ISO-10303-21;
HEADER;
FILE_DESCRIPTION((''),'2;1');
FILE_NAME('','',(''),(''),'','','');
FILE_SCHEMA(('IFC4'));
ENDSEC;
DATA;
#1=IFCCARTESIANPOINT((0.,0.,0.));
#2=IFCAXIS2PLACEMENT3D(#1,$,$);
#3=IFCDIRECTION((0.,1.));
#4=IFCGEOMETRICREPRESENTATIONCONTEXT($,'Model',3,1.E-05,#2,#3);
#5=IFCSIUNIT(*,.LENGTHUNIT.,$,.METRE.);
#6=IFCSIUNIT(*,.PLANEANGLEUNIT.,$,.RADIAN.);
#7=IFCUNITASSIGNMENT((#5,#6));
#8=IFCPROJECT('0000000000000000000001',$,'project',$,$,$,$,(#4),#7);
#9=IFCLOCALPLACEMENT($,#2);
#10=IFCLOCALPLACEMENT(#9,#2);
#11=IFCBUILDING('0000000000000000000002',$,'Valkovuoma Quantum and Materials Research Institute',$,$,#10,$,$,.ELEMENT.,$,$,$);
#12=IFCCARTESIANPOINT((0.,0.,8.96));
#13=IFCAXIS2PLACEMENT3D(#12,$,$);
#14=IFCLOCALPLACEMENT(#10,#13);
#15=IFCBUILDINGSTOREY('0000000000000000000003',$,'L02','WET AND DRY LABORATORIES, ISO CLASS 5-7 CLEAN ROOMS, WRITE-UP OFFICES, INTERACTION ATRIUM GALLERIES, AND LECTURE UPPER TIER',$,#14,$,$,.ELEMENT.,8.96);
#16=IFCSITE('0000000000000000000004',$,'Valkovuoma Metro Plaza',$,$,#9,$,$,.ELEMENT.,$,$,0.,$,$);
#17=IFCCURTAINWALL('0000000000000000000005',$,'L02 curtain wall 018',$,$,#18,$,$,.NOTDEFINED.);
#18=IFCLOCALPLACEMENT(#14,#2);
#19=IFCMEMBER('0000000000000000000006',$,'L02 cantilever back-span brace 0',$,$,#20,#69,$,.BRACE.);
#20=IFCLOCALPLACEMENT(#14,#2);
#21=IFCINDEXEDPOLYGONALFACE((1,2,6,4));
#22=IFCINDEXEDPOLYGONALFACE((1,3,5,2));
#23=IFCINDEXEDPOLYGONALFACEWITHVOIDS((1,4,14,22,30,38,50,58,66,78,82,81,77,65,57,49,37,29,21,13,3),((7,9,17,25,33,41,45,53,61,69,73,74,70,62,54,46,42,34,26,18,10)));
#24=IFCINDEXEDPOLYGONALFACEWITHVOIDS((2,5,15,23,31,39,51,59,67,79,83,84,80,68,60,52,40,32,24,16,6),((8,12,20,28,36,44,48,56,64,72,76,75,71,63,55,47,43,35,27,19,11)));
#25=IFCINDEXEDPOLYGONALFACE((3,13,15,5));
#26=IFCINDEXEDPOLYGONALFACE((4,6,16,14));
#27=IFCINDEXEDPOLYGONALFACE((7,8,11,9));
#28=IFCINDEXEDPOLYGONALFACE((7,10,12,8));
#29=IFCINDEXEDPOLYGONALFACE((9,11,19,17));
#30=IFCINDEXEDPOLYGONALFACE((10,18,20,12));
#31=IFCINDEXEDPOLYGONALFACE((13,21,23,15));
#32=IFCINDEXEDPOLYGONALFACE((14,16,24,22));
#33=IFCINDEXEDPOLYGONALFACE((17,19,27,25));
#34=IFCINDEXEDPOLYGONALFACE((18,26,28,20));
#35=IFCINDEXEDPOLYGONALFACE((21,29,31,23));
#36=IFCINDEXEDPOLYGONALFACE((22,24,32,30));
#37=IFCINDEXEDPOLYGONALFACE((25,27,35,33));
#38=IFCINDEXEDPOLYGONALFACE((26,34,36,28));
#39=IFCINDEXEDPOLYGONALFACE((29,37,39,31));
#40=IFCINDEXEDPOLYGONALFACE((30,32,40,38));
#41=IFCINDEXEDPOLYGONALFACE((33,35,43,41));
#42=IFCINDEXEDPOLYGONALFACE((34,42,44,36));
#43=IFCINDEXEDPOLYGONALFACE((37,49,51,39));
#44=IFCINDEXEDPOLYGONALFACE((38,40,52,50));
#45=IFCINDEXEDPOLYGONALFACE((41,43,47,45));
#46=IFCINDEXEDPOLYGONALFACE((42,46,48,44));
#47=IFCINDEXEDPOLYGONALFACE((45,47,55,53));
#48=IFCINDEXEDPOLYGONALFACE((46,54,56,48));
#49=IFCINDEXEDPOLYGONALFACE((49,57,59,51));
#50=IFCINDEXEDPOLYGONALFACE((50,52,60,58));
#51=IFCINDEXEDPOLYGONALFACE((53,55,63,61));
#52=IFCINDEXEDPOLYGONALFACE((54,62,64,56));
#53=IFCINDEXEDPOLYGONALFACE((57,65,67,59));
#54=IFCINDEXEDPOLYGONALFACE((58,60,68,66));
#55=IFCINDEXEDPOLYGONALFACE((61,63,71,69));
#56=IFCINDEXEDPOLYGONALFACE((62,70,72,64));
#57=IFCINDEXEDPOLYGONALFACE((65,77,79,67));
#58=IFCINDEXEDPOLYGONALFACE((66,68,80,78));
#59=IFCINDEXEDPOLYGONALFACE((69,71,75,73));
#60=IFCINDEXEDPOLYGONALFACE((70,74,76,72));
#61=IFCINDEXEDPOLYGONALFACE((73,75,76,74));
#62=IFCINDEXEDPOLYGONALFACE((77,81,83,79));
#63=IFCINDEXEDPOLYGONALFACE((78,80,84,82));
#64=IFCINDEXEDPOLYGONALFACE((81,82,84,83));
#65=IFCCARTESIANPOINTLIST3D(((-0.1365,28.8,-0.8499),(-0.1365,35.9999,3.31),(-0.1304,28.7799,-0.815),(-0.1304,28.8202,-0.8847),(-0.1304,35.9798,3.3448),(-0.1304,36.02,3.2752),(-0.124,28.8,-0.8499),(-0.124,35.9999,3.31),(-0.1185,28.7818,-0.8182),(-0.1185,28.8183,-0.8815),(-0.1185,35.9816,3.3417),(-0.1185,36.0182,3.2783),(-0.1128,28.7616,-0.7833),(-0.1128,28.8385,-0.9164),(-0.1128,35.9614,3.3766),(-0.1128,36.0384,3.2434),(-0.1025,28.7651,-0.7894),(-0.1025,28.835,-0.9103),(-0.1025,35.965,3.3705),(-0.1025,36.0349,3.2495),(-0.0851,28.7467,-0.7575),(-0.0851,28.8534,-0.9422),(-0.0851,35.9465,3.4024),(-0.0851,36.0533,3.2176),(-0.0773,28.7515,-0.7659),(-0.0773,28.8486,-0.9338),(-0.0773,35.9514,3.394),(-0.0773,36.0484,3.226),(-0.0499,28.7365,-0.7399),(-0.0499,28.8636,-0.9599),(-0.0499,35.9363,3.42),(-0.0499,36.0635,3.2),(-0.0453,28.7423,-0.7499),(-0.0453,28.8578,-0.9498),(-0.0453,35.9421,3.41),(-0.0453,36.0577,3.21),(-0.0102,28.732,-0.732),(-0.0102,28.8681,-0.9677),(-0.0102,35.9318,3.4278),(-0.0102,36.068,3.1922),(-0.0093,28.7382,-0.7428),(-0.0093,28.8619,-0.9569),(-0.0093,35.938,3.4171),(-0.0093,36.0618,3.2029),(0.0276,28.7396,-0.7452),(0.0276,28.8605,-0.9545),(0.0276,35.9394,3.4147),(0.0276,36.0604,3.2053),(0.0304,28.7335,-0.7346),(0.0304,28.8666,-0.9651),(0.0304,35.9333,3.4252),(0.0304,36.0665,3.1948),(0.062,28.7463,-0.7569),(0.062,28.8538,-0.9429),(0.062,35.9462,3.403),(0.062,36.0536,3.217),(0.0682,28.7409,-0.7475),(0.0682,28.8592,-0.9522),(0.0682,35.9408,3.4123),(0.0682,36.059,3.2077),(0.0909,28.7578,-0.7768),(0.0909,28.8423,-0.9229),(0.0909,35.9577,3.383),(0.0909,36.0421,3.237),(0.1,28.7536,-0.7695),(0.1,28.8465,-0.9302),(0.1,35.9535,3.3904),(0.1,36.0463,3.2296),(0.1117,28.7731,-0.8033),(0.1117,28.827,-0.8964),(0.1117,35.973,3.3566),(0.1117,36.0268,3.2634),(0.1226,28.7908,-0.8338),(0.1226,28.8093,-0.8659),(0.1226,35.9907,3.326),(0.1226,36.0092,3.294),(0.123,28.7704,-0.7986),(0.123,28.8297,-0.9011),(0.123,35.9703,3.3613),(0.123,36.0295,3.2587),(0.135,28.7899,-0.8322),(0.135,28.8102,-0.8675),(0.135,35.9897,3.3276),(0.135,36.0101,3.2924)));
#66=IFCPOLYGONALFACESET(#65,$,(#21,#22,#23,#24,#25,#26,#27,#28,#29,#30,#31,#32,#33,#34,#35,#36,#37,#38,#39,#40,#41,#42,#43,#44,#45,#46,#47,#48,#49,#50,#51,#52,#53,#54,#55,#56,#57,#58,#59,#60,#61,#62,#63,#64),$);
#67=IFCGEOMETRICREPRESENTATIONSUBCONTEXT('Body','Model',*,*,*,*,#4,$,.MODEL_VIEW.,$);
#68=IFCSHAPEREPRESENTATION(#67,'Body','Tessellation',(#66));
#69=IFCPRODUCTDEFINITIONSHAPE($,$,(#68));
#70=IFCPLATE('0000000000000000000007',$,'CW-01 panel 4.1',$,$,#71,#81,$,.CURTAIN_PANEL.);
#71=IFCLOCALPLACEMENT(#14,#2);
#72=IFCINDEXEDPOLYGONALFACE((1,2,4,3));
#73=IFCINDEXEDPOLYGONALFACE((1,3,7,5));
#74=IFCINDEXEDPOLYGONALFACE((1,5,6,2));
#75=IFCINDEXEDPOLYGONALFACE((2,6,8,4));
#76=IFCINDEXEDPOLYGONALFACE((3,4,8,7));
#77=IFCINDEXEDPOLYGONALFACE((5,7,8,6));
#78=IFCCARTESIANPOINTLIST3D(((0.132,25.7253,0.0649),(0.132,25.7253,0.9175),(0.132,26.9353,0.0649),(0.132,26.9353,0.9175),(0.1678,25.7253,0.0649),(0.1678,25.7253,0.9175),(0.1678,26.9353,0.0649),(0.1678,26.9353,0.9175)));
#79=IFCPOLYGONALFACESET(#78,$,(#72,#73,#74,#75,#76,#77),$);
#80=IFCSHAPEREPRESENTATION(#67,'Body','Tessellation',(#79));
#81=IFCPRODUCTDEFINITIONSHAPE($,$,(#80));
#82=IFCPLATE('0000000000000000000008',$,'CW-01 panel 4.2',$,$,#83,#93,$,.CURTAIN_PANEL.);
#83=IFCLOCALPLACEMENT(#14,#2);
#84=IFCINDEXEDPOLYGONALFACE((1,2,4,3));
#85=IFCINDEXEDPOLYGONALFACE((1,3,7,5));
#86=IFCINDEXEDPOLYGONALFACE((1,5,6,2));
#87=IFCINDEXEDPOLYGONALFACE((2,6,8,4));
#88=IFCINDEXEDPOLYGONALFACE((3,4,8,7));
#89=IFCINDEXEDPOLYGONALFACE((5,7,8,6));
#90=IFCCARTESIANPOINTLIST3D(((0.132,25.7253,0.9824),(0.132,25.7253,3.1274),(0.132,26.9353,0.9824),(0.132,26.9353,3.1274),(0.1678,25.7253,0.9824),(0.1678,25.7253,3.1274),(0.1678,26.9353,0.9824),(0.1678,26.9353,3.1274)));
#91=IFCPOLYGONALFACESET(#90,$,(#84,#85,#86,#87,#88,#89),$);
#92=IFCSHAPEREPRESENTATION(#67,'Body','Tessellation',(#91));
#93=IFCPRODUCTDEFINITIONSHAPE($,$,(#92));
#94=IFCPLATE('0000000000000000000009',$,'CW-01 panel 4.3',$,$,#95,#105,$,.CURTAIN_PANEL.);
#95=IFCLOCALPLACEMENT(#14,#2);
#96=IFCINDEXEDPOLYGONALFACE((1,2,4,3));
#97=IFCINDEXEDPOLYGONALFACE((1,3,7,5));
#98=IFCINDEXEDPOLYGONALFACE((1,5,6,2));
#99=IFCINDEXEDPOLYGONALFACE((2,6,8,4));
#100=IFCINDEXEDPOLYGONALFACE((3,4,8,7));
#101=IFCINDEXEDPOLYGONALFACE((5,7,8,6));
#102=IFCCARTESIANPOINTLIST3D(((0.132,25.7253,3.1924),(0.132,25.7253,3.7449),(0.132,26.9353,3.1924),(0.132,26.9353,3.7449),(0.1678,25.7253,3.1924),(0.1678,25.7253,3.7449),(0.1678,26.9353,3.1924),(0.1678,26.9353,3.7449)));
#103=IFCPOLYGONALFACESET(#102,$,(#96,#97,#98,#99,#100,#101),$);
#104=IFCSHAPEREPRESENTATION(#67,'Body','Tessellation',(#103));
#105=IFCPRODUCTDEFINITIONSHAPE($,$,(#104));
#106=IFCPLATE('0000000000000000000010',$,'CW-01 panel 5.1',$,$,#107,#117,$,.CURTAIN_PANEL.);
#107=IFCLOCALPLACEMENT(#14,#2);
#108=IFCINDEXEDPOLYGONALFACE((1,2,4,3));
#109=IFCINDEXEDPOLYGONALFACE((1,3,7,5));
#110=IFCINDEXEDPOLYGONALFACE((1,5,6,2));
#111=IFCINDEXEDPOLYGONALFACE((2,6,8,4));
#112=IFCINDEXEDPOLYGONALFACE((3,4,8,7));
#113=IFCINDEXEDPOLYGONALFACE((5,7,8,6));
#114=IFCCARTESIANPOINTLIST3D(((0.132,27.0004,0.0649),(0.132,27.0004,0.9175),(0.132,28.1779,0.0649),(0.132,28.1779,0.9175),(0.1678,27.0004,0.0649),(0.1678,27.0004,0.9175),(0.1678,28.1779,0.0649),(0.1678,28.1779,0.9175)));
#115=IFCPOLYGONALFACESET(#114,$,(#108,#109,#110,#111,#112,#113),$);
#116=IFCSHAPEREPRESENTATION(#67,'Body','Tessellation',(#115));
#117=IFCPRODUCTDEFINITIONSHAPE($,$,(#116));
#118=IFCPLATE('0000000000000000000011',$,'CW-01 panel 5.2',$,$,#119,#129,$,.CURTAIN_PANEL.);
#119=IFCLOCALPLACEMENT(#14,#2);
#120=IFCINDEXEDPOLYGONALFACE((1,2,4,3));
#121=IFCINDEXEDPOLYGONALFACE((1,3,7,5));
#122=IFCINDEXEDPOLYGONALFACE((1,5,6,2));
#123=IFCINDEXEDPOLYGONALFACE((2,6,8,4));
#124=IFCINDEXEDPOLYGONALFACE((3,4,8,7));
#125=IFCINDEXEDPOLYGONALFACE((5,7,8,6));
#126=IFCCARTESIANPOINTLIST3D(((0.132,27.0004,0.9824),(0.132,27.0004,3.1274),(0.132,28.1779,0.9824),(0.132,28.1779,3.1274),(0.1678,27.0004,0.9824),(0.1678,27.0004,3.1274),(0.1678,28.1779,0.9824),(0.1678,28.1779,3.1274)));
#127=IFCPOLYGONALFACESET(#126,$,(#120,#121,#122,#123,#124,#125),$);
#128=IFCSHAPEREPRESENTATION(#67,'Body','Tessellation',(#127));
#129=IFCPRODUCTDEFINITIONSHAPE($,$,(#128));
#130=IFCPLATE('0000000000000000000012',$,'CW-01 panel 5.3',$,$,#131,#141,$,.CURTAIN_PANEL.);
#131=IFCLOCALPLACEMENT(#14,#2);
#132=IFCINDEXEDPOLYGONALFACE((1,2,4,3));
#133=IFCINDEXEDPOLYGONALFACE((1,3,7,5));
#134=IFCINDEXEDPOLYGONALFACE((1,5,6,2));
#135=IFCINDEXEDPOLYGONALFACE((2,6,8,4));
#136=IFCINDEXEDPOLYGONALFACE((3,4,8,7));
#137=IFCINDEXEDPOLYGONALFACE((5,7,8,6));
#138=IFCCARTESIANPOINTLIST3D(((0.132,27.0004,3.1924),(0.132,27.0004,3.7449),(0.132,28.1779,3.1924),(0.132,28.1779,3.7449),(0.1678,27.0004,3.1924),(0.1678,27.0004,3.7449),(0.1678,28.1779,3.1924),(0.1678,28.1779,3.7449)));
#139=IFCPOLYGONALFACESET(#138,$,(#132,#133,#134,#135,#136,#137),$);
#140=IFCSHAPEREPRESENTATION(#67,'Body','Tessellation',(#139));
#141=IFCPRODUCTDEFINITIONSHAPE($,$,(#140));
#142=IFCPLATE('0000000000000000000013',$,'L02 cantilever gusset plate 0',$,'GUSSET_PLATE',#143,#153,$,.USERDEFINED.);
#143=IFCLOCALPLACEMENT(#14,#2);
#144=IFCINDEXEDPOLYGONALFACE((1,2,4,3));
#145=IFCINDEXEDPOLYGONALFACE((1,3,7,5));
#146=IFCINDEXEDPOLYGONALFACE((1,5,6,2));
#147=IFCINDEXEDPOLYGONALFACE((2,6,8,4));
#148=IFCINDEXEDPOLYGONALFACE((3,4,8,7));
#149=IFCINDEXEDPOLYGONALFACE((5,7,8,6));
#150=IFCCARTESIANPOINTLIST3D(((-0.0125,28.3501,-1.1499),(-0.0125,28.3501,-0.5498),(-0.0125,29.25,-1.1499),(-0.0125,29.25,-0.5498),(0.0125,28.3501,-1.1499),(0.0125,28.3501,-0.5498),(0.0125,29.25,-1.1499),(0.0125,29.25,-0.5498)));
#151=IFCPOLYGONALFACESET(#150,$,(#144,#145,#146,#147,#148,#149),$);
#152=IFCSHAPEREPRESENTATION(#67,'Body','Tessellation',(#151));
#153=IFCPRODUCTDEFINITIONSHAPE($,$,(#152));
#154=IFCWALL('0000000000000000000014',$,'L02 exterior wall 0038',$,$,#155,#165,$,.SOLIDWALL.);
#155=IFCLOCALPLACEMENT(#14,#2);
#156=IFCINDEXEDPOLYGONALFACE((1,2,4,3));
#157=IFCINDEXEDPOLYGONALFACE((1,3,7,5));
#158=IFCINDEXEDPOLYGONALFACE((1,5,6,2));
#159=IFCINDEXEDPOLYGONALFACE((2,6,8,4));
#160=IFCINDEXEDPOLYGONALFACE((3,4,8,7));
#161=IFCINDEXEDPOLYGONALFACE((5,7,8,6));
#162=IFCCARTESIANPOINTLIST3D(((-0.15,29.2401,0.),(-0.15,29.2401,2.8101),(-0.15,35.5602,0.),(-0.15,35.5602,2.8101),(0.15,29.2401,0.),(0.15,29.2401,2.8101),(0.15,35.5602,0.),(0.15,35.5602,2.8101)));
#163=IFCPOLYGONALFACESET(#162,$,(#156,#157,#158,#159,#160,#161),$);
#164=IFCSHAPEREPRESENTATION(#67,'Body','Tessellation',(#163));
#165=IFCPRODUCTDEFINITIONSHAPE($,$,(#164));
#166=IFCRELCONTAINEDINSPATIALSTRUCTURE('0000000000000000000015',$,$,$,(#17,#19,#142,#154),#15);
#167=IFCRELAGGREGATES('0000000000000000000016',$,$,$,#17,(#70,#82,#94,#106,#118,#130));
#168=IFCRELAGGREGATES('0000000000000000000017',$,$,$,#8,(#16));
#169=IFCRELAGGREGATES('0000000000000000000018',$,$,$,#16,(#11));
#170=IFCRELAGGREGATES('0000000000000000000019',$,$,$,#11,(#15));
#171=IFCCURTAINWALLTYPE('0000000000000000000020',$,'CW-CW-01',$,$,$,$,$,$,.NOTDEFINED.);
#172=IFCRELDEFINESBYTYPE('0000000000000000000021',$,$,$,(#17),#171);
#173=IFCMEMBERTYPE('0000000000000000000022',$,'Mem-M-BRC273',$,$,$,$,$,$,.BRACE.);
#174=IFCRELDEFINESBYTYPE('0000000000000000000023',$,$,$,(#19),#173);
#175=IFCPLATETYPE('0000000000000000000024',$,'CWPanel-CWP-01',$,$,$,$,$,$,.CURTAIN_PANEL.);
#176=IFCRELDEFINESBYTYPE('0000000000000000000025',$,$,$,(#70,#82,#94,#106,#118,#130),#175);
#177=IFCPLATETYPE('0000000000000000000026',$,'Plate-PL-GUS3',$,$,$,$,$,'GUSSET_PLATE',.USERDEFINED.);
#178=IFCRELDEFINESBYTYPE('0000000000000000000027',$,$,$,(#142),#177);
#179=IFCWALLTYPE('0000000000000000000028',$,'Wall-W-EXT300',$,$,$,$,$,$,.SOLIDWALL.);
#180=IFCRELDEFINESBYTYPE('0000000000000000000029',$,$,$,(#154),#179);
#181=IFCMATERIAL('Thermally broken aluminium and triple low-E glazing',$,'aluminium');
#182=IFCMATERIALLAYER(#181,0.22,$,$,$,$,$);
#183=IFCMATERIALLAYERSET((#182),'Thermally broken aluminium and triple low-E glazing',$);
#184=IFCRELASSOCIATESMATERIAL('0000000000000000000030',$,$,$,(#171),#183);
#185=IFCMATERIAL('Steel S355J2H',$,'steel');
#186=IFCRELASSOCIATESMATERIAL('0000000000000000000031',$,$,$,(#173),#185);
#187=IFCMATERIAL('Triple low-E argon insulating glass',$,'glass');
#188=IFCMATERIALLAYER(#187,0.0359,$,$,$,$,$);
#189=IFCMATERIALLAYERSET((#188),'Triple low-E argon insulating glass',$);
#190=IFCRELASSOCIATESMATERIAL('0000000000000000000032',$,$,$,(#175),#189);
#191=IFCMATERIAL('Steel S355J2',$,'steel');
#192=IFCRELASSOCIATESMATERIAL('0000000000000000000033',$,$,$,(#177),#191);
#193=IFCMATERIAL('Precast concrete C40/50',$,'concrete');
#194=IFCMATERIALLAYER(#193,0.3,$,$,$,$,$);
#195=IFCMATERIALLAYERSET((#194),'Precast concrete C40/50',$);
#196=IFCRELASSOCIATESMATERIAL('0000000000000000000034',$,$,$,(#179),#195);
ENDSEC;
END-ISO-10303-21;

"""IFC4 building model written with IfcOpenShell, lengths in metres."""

from ifc_helpers import new_model, si_unit, direction, frame, frame_2d, origin, origin_2d, place, context, subcontext, project, spatial, rectangle, hollow_circle, extrude, material, layer, layer_set, material_profile, profile_set, type_object, element, aggregate, save


model = new_model("IFC4")

# Units and contexts
model_context = context("Model", 3, precision=1e-05, world=origin(), true_north=direction((0.0, 1.0)))
body_context = subcontext(model_context, "Body", "Model", "MODEL_VIEW")
ifc_project = project(units=[si_unit("LENGTHUNIT", "METRE"), si_unit("PLANEANGLEUNIT", "RADIAN")], contexts=[model_context])

# Site, building, storey
site_placement = place(None, origin())
site = spatial("IfcSite", under=ifc_project, at=site_placement, Name="Valkovuoma Metro Plaza", CompositionType="ELEMENT", RefElevation=0.0)
building_placement = place(site_placement, origin())
building = spatial("IfcBuilding", under=site, at=building_placement, Name="Valkovuoma Quantum and Materials Research Institute", CompositionType="ELEMENT")
storey_placement = place(building_placement, frame((0.0, 0.0, 8.96)))
storey = spatial("IfcBuildingStorey", under=building, at=storey_placement, Name="L02", Description="WET AND DRY LABORATORIES, ISO CLASS 5-7 CLEAN ROOMS, WRITE-UP OFFICES, INTERACTION ATRIUM GALLERIES, AND LECTURE UPPER TIER", CompositionType="ELEMENT", Elevation=8.96)

# Curtain wall
ifc_material_1 = material(Name="Thermally broken aluminium and triple low-E glazing", Category="aluminium")
ifc_layer_1 = layer(ifc_material_1, 0.22)
ifc_layer_set_1 = layer_set([ifc_layer_1], Name="Thermally broken aluminium and triple low-E glazing")
curtain_wall_type = type_object("IfcCurtainWallType", Name="CW-CW-01", PredefinedType="NOTDEFINED", material=ifc_layer_set_1)
curtain_wall_1_placement = place(storey_placement, origin())
curtain_wall_1 = element("IfcCurtainWall", 1, at=curtain_wall_1_placement, inside=storey, type_object=curtain_wall_type, Name="L02 curtain wall 018", PredefinedType="NOTDEFINED")

# Member
ifc_material_2 = material(Name="Steel S355J2H", Category="steel")
ifc_material_profile_1 = material_profile(ifc_material_2, hollow_circle(Radius=0.1365, WallThickness=0.0125, at=origin_2d()), Name="Steel S355J2H")
ifc_profile_set_1 = profile_set([ifc_material_profile_1], Name="Steel S355J2H")
member_type_1 = type_object("IfcMemberType", Name="Mem-M-BRC273", PredefinedType="BRACE", material=ifc_profile_set_1)
member_1_placement = place(storey_placement, frame((0.0, 28.8, -0.8499), z_axis=(0.0, 0.865868, 0.500272), x_axis=(-1.0, 0.0, 0.0)))
element("IfcMember", 2, at=member_1_placement, inside=storey, type_object=member_type_1, Name="L02 cantilever back-span brace 0", PredefinedType="BRACE", context=body_context, shape_type="SweptSolid", body=[
    extrude(hollow_circle(Radius=0.1365, WallThickness=0.0125, at=origin_2d()), origin(), (0.0, 0.0, 1.0), 8.3152),
])

# Plates
ifc_material_3 = material(Name="Triple low-E argon insulating glass", Category="glass")
ifc_layer_2 = layer(ifc_material_3, 0.0359)
ifc_layer_set_2 = layer_set([ifc_layer_2], Name="Triple low-E argon insulating glass")
plate_type_1 = type_object("IfcPlateType", Name="CWPanel-CWP-01", PredefinedType="CURTAIN_PANEL", material=ifc_layer_set_2)
plate_1_placement = place(storey_placement, frame((0.1499, 26.3303, 0.0649), z_axis=(0.0, 0.0, 1.0), x_axis=(0.0, 1.0, 0.0)))
plate_1 = element("IfcPlate", 3, at=plate_1_placement, type_object=plate_type_1, Name="CW-01 panel 4.1", PredefinedType="CURTAIN_PANEL", context=body_context, shape_type="SweptSolid", body=[
    extrude(rectangle(XDim=1.21, YDim=0.0359, at=origin_2d()), origin(), (0.0, 0.0, 1.0), 0.8525),
])
plate_2_placement = place(storey_placement, frame((0.1499, 26.3303, 0.9824), z_axis=(0.0, 0.0, 1.0), x_axis=(0.0, 1.0, 0.0)))
plate_2 = element("IfcPlate", 4, at=plate_2_placement, type_object=plate_type_1, Name="CW-01 panel 4.2", PredefinedType="CURTAIN_PANEL", context=body_context, shape_type="SweptSolid", body=[
    extrude(rectangle(XDim=1.21, YDim=0.0359, at=origin_2d()), origin(), (0.0, 0.0, 1.0), 2.145),
])
plate_3_placement = place(storey_placement, frame((0.1499, 26.3303, 3.1924), z_axis=(0.0, 0.0, 1.0), x_axis=(0.0, 1.0, 0.0)))
plate_3 = element("IfcPlate", 5, at=plate_3_placement, type_object=plate_type_1, Name="CW-01 panel 4.3", PredefinedType="CURTAIN_PANEL", context=body_context, shape_type="SweptSolid", body=[
    extrude(rectangle(XDim=1.21, YDim=0.0359, at=origin_2d()), origin(), (0.0, 0.0, 1.0), 0.5525),
])
plate_4_placement = place(storey_placement, frame((0.1499, 27.5891, 0.0649), z_axis=(0.0, 0.0, 1.0), x_axis=(0.0, 1.0, 0.0)))
plate_4 = element("IfcPlate", 6, at=plate_4_placement, type_object=plate_type_1, Name="CW-01 panel 5.1", PredefinedType="CURTAIN_PANEL", context=body_context, shape_type="SweptSolid", body=[
    extrude(rectangle(XDim=1.1775, YDim=0.0359, at=origin_2d()), origin(), (0.0, 0.0, 1.0), 0.8525),
])
plate_5_placement = place(storey_placement, frame((0.1499, 27.5891, 0.9824), z_axis=(0.0, 0.0, 1.0), x_axis=(0.0, 1.0, 0.0)))
plate_5 = element("IfcPlate", 7, at=plate_5_placement, type_object=plate_type_1, Name="CW-01 panel 5.2", PredefinedType="CURTAIN_PANEL", context=body_context, shape_type="SweptSolid", body=[
    extrude(rectangle(XDim=1.1775, YDim=0.0359, at=origin_2d()), origin(), (0.0, 0.0, 1.0), 2.145),
])
plate_6_placement = place(storey_placement, frame((0.1499, 27.5891, 3.1924), z_axis=(0.0, 0.0, 1.0), x_axis=(0.0, 1.0, 0.0)))
plate_6 = element("IfcPlate", 8, at=plate_6_placement, type_object=plate_type_1, Name="CW-01 panel 5.3", PredefinedType="CURTAIN_PANEL", context=body_context, shape_type="SweptSolid", body=[
    extrude(rectangle(XDim=1.1775, YDim=0.0359, at=origin_2d()), origin(), (0.0, 0.0, 1.0), 0.5525),
])
aggregate(curtain_wall_1, [plate_1, plate_2, plate_3, plate_4, plate_5, plate_6])
ifc_material_4 = material(Name="Steel S355J2", Category="steel")
plate_type_2 = type_object("IfcPlateType", Name="Plate-PL-GUS3", ElementType="GUSSET_PLATE", PredefinedType="USERDEFINED", material=ifc_material_4)
plate_7_placement = place(storey_placement, frame((0.0, 28.8, -1.1499), z_axis=(0.0, 0.0, 1.0), x_axis=(0.0, 1.0, 0.0)))
element("IfcPlate", 9, at=plate_7_placement, inside=storey, type_object=plate_type_2, Name="L02 cantilever gusset plate 0", ObjectType="GUSSET_PLATE", PredefinedType="USERDEFINED", context=body_context, shape_type="SweptSolid", body=[
    extrude(rectangle(XDim=0.8999, YDim=0.0249, at=origin_2d()), origin(), (0.0, 0.0, 1.0), 0.6001),
])

# Wall
ifc_material_5 = material(Name="Precast concrete C40/50", Category="concrete")
ifc_layer_3 = layer(ifc_material_5, 0.3)
ifc_layer_set_3 = layer_set([ifc_layer_3], Name="Precast concrete C40/50")
wall_type = type_object("IfcWallType", Name="Wall-W-EXT300", PredefinedType="SOLIDWALL", material=ifc_layer_set_3)
wall_placement = place(storey_placement, frame((0.0, 29.24, 0.0), z_axis=(0.0, 0.0, 1.0), x_axis=(0.0, 1.0, 0.0)))
element("IfcWall", 10, at=wall_placement, inside=storey, type_object=wall_type, Name="L02 exterior wall 0038", PredefinedType="SOLIDWALL", context=body_context, shape_type="SweptSolid", body=[
    extrude(rectangle(XDim=6.3201, YDim=0.3, at=frame_2d((3.1602, 0.0))), origin(), (0.0, 0.0, 1.0), 2.8101),
])

save(model, "model.ifc")
